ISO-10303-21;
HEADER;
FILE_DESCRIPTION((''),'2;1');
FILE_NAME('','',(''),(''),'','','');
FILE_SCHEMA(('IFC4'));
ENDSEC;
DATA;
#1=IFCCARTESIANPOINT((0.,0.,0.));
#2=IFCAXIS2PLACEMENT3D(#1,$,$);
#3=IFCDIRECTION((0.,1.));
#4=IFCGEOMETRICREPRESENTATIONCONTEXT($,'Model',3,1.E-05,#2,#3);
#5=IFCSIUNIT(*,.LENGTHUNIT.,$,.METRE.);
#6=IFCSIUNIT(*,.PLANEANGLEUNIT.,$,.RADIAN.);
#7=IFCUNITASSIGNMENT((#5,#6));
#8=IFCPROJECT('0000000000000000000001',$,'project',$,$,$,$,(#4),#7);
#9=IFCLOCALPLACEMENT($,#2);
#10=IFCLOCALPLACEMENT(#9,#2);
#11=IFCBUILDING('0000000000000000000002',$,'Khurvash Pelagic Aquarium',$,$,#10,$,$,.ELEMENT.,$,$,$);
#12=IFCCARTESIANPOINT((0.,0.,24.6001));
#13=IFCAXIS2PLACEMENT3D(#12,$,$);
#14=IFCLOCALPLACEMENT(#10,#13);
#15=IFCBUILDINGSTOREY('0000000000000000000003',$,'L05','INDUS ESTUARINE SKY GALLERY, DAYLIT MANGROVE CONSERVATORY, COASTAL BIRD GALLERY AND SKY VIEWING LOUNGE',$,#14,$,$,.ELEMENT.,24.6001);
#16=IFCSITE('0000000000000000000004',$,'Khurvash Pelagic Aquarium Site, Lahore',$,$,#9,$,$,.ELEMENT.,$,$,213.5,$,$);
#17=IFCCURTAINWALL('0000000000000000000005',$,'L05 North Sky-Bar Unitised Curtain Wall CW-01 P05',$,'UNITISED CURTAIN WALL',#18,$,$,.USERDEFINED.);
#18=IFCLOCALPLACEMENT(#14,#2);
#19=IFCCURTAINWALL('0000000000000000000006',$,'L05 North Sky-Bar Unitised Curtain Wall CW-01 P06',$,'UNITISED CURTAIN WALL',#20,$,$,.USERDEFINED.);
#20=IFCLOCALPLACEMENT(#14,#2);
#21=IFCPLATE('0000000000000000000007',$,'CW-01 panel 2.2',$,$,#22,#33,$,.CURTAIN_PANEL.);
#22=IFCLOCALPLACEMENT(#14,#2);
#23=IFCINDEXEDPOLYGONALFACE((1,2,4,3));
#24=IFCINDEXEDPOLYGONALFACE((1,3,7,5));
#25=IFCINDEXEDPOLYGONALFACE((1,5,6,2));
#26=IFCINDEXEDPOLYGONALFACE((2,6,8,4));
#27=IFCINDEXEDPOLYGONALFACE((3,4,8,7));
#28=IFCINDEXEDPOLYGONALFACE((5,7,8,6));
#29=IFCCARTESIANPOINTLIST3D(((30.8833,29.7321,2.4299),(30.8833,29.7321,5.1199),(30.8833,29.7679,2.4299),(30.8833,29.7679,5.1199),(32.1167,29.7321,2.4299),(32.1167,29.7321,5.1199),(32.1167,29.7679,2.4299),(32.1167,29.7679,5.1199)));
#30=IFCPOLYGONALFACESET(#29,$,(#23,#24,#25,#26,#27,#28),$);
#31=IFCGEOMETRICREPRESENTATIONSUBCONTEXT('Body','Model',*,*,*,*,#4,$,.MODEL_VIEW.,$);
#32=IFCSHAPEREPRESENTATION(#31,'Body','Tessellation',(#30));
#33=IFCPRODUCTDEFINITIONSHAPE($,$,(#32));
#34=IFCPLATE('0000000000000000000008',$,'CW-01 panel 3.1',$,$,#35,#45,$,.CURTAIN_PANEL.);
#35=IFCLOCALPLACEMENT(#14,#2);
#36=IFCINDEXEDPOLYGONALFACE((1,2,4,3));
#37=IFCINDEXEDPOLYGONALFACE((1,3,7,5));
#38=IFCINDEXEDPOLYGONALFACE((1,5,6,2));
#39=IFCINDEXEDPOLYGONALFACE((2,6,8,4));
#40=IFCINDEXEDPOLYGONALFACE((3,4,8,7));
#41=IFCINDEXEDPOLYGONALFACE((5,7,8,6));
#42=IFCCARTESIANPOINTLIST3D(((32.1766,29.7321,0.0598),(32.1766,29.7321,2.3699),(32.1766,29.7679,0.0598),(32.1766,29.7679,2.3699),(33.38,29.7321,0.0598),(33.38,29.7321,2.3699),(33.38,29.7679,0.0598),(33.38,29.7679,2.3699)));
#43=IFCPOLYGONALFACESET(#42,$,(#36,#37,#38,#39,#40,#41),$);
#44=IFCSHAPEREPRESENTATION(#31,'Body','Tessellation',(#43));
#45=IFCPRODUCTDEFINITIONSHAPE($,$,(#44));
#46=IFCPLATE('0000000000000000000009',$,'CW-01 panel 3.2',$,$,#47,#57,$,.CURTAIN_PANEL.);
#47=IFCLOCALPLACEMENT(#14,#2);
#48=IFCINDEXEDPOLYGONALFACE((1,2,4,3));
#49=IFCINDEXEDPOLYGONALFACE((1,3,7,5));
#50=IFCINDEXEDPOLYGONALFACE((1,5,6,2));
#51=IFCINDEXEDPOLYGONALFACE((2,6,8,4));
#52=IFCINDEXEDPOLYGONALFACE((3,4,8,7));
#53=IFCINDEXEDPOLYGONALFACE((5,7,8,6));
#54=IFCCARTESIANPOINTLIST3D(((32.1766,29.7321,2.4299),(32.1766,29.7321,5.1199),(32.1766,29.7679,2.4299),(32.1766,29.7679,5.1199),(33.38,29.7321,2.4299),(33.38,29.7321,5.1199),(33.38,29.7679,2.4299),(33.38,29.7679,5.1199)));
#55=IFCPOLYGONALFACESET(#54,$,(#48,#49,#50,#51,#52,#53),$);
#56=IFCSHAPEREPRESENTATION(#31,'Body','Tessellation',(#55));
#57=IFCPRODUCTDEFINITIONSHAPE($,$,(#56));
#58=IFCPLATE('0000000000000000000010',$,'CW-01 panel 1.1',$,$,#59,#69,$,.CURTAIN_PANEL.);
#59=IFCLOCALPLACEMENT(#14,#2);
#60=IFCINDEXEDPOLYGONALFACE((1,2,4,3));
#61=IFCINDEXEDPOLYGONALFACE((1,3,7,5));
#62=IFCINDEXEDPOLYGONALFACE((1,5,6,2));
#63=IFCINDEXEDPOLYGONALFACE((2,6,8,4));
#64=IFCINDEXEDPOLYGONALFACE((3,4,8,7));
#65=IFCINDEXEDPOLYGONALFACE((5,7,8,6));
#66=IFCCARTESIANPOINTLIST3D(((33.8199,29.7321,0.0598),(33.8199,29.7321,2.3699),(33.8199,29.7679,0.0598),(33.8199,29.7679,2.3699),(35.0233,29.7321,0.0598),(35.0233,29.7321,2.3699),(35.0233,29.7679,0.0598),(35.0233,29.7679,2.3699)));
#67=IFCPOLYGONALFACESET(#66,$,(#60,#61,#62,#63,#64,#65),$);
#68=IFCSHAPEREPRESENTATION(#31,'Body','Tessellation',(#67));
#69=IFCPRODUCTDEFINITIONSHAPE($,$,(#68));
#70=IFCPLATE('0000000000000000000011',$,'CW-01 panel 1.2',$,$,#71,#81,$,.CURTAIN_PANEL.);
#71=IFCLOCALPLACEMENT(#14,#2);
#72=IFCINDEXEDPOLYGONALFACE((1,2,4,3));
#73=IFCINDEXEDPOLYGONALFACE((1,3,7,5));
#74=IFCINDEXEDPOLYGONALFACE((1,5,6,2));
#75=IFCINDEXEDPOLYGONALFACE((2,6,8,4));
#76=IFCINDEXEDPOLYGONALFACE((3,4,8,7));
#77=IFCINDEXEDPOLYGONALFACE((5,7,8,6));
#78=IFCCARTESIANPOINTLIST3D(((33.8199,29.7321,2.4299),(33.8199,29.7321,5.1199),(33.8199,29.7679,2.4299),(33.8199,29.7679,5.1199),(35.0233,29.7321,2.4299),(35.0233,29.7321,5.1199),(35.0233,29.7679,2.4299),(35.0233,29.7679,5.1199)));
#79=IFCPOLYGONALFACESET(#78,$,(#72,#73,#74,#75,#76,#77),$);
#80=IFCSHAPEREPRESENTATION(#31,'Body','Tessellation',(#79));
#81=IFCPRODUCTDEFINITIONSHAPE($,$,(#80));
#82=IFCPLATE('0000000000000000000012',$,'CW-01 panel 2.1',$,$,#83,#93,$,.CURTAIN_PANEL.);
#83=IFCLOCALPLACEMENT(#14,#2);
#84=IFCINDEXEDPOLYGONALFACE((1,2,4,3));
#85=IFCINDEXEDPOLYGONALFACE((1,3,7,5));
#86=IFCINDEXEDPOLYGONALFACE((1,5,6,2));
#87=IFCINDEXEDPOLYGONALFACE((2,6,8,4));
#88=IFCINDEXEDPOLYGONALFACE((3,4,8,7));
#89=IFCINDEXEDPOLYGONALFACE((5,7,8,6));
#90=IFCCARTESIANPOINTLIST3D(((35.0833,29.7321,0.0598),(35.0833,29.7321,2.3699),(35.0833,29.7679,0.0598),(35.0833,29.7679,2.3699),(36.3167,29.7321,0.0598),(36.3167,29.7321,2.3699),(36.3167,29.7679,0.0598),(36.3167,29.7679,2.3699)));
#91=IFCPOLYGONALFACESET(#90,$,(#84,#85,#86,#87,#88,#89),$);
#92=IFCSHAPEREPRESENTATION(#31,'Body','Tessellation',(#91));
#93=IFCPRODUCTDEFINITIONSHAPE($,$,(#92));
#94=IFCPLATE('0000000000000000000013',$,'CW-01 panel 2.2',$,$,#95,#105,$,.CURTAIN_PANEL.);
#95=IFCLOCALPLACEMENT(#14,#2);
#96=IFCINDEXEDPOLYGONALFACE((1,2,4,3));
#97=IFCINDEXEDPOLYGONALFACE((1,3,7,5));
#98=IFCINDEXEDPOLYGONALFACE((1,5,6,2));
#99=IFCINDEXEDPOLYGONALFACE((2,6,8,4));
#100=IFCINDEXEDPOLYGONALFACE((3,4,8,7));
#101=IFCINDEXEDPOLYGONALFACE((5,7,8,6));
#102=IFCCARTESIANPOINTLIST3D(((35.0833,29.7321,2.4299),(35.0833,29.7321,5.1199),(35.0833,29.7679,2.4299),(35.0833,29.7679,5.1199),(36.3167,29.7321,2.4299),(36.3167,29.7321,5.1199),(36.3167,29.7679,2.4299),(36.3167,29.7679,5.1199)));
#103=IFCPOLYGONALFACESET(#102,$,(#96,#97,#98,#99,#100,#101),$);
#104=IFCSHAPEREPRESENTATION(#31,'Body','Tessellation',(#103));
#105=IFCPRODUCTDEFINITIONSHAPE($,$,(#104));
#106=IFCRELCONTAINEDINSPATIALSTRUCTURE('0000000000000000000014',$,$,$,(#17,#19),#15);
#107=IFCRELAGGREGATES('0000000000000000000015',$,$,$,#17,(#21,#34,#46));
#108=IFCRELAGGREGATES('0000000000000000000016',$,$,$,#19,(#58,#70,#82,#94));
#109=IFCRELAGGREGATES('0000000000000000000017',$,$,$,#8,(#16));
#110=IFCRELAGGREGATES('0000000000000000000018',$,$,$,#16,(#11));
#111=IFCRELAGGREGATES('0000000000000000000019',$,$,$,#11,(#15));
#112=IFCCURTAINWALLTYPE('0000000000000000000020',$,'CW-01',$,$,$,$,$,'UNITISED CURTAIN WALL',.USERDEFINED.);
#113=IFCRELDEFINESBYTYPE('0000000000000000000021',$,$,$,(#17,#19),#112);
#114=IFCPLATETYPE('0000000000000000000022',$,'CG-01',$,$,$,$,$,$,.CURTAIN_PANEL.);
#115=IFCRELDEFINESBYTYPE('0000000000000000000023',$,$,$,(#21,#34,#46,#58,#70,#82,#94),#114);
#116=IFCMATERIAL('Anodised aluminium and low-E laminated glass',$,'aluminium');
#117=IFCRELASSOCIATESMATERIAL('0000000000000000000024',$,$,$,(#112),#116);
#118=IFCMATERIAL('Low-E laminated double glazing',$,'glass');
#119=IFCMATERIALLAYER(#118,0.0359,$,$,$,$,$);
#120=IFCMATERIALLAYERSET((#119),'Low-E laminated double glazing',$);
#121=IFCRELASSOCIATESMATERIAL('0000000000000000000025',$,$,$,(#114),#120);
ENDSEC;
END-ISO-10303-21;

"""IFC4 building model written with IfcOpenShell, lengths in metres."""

from ifc_helpers import new_model, si_unit, direction, frame, origin, origin_2d, place, context, subcontext, project, spatial, rectangle, extrude, material, layer, layer_set, type_object, element, aggregate, save


model = new_model("IFC4")

# Units and contexts
model_context = context("Model", 3, precision=1e-05, world=origin(), true_north=direction((0.0, 1.0)))
body_context = subcontext(model_context, "Body", "Model", "MODEL_VIEW")
ifc_project = project(units=[si_unit("LENGTHUNIT", "METRE"), si_unit("PLANEANGLEUNIT", "RADIAN")], contexts=[model_context])

# Site, building, storey
site_placement = place(None, origin())
site = spatial("IfcSite", under=ifc_project, at=site_placement, Name="Khurvash Pelagic Aquarium Site, Lahore", CompositionType="ELEMENT", RefElevation=213.5)
building_placement = place(site_placement, origin())
building = spatial("IfcBuilding", under=site, at=building_placement, Name="Khurvash Pelagic Aquarium", CompositionType="ELEMENT")
storey_placement = place(building_placement, frame((0.0, 0.0, 24.6001)))
storey = spatial("IfcBuildingStorey", under=building, at=storey_placement, Name="L05", Description="INDUS ESTUARINE SKY GALLERY, DAYLIT MANGROVE CONSERVATORY, COASTAL BIRD GALLERY AND SKY VIEWING LOUNGE", CompositionType="ELEMENT", Elevation=24.6001)

# Curtain walls
ifc_material_1 = material(Name="Anodised aluminium and low-E laminated glass", Category="aluminium")
curtain_wall_type = type_object("IfcCurtainWallType", Name="CW-01", ElementType="UNITISED CURTAIN WALL", PredefinedType="USERDEFINED", material=ifc_material_1)
curtain_wall_1_placement = place(storey_placement, origin())
curtain_wall_1 = element("IfcCurtainWall", 1, at=curtain_wall_1_placement, inside=storey, type_object=curtain_wall_type, Name="L05 North Sky-Bar Unitised Curtain Wall CW-01 P05", ObjectType="UNITISED CURTAIN WALL", PredefinedType="USERDEFINED")
curtain_wall_2_placement = place(storey_placement, origin())
curtain_wall_2 = element("IfcCurtainWall", 2, at=curtain_wall_2_placement, inside=storey, type_object=curtain_wall_type, Name="L05 North Sky-Bar Unitised Curtain Wall CW-01 P06", ObjectType="UNITISED CURTAIN WALL", PredefinedType="USERDEFINED")

# Plates
ifc_material_2 = material(Name="Low-E laminated double glazing", Category="glass")
ifc_layer = layer(ifc_material_2, 0.0359)
ifc_layer_set = layer_set([ifc_layer], Name="Low-E laminated double glazing")
plate_type = type_object("IfcPlateType", Name="CG-01", PredefinedType="CURTAIN_PANEL", material=ifc_layer_set)
plate_1_placement = place(storey_placement, frame((31.5, 29.75, 2.4299), z_axis=(0.0, 0.0, 1.0), x_axis=(1.0, 0.0, 0.0)))
plate_1 = element("IfcPlate", 3, at=plate_1_placement, type_object=plate_type, Name="CW-01 panel 2.2", PredefinedType="CURTAIN_PANEL", context=body_context, shape_type="SweptSolid", body=[
    extrude(rectangle(XDim=1.2334, YDim=0.0359, at=origin_2d()), origin(), (0.0, 0.0, 1.0), 2.6899),
])
plate_2_placement = place(storey_placement, frame((32.7783, 29.75, 0.0598), z_axis=(0.0, 0.0, 1.0), x_axis=(1.0, 0.0, 0.0)))
plate_2 = element("IfcPlate", 4, at=plate_2_placement, type_object=plate_type, Name="CW-01 panel 3.1", PredefinedType="CURTAIN_PANEL", context=body_context, shape_type="SweptSolid", body=[
    extrude(rectangle(XDim=1.2034, YDim=0.0359, at=origin_2d()), origin(), (0.0, 0.0, 1.0), 2.3101),
])
plate_3_placement = place(storey_placement, frame((32.7783, 29.75, 2.4299), z_axis=(0.0, 0.0, 1.0), x_axis=(1.0, 0.0, 0.0)))
plate_3 = element("IfcPlate", 5, at=plate_3_placement, type_object=plate_type, Name="CW-01 panel 3.2", PredefinedType="CURTAIN_PANEL", context=body_context, shape_type="SweptSolid", body=[
    extrude(rectangle(XDim=1.2034, YDim=0.0359, at=origin_2d()), origin(), (0.0, 0.0, 1.0), 2.6899),
])
aggregate(curtain_wall_1, [plate_1, plate_2, plate_3])
plate_4_placement = place(storey_placement, frame((34.4216, 29.75, 0.0598), z_axis=(0.0, 0.0, 1.0), x_axis=(1.0, 0.0, 0.0)))
plate_4 = element("IfcPlate", 6, at=plate_4_placement, type_object=plate_type, Name="CW-01 panel 1.1", PredefinedType="CURTAIN_PANEL", context=body_context, shape_type="SweptSolid", body=[
    extrude(rectangle(XDim=1.2034, YDim=0.0359, at=origin_2d()), origin(), (0.0, 0.0, 1.0), 2.3101),
])
plate_5_placement = place(storey_placement, frame((34.4216, 29.75, 2.4299), z_axis=(0.0, 0.0, 1.0), x_axis=(1.0, 0.0, 0.0)))
plate_5 = element("IfcPlate", 7, at=plate_5_placement, type_object=plate_type, Name="CW-01 panel 1.2", PredefinedType="CURTAIN_PANEL", context=body_context, shape_type="SweptSolid", body=[
    extrude(rectangle(XDim=1.2034, YDim=0.0359, at=origin_2d()), origin(), (0.0, 0.0, 1.0), 2.6899),
])
plate_6_placement = place(storey_placement, frame((35.7, 29.75, 0.0598), z_axis=(0.0, 0.0, 1.0), x_axis=(1.0, 0.0, 0.0)))
plate_6 = element("IfcPlate", 8, at=plate_6_placement, type_object=plate_type, Name="CW-01 panel 2.1", PredefinedType="CURTAIN_PANEL", context=body_context, shape_type="SweptSolid", body=[
    extrude(rectangle(XDim=1.2334, YDim=0.0359, at=origin_2d()), origin(), (0.0, 0.0, 1.0), 2.3101),
])
plate_7_placement = place(storey_placement, frame((35.7, 29.75, 2.4299), z_axis=(0.0, 0.0, 1.0), x_axis=(1.0, 0.0, 0.0)))
plate_7 = element("IfcPlate", 9, at=plate_7_placement, type_object=plate_type, Name="CW-01 panel 2.2", PredefinedType="CURTAIN_PANEL", context=body_context, shape_type="SweptSolid", body=[
    extrude(rectangle(XDim=1.2334, YDim=0.0359, at=origin_2d()), origin(), (0.0, 0.0, 1.0), 2.6899),
])
aggregate(curtain_wall_2, [plate_4, plate_5, plate_6, plate_7])

save(model, "model.ifc")
